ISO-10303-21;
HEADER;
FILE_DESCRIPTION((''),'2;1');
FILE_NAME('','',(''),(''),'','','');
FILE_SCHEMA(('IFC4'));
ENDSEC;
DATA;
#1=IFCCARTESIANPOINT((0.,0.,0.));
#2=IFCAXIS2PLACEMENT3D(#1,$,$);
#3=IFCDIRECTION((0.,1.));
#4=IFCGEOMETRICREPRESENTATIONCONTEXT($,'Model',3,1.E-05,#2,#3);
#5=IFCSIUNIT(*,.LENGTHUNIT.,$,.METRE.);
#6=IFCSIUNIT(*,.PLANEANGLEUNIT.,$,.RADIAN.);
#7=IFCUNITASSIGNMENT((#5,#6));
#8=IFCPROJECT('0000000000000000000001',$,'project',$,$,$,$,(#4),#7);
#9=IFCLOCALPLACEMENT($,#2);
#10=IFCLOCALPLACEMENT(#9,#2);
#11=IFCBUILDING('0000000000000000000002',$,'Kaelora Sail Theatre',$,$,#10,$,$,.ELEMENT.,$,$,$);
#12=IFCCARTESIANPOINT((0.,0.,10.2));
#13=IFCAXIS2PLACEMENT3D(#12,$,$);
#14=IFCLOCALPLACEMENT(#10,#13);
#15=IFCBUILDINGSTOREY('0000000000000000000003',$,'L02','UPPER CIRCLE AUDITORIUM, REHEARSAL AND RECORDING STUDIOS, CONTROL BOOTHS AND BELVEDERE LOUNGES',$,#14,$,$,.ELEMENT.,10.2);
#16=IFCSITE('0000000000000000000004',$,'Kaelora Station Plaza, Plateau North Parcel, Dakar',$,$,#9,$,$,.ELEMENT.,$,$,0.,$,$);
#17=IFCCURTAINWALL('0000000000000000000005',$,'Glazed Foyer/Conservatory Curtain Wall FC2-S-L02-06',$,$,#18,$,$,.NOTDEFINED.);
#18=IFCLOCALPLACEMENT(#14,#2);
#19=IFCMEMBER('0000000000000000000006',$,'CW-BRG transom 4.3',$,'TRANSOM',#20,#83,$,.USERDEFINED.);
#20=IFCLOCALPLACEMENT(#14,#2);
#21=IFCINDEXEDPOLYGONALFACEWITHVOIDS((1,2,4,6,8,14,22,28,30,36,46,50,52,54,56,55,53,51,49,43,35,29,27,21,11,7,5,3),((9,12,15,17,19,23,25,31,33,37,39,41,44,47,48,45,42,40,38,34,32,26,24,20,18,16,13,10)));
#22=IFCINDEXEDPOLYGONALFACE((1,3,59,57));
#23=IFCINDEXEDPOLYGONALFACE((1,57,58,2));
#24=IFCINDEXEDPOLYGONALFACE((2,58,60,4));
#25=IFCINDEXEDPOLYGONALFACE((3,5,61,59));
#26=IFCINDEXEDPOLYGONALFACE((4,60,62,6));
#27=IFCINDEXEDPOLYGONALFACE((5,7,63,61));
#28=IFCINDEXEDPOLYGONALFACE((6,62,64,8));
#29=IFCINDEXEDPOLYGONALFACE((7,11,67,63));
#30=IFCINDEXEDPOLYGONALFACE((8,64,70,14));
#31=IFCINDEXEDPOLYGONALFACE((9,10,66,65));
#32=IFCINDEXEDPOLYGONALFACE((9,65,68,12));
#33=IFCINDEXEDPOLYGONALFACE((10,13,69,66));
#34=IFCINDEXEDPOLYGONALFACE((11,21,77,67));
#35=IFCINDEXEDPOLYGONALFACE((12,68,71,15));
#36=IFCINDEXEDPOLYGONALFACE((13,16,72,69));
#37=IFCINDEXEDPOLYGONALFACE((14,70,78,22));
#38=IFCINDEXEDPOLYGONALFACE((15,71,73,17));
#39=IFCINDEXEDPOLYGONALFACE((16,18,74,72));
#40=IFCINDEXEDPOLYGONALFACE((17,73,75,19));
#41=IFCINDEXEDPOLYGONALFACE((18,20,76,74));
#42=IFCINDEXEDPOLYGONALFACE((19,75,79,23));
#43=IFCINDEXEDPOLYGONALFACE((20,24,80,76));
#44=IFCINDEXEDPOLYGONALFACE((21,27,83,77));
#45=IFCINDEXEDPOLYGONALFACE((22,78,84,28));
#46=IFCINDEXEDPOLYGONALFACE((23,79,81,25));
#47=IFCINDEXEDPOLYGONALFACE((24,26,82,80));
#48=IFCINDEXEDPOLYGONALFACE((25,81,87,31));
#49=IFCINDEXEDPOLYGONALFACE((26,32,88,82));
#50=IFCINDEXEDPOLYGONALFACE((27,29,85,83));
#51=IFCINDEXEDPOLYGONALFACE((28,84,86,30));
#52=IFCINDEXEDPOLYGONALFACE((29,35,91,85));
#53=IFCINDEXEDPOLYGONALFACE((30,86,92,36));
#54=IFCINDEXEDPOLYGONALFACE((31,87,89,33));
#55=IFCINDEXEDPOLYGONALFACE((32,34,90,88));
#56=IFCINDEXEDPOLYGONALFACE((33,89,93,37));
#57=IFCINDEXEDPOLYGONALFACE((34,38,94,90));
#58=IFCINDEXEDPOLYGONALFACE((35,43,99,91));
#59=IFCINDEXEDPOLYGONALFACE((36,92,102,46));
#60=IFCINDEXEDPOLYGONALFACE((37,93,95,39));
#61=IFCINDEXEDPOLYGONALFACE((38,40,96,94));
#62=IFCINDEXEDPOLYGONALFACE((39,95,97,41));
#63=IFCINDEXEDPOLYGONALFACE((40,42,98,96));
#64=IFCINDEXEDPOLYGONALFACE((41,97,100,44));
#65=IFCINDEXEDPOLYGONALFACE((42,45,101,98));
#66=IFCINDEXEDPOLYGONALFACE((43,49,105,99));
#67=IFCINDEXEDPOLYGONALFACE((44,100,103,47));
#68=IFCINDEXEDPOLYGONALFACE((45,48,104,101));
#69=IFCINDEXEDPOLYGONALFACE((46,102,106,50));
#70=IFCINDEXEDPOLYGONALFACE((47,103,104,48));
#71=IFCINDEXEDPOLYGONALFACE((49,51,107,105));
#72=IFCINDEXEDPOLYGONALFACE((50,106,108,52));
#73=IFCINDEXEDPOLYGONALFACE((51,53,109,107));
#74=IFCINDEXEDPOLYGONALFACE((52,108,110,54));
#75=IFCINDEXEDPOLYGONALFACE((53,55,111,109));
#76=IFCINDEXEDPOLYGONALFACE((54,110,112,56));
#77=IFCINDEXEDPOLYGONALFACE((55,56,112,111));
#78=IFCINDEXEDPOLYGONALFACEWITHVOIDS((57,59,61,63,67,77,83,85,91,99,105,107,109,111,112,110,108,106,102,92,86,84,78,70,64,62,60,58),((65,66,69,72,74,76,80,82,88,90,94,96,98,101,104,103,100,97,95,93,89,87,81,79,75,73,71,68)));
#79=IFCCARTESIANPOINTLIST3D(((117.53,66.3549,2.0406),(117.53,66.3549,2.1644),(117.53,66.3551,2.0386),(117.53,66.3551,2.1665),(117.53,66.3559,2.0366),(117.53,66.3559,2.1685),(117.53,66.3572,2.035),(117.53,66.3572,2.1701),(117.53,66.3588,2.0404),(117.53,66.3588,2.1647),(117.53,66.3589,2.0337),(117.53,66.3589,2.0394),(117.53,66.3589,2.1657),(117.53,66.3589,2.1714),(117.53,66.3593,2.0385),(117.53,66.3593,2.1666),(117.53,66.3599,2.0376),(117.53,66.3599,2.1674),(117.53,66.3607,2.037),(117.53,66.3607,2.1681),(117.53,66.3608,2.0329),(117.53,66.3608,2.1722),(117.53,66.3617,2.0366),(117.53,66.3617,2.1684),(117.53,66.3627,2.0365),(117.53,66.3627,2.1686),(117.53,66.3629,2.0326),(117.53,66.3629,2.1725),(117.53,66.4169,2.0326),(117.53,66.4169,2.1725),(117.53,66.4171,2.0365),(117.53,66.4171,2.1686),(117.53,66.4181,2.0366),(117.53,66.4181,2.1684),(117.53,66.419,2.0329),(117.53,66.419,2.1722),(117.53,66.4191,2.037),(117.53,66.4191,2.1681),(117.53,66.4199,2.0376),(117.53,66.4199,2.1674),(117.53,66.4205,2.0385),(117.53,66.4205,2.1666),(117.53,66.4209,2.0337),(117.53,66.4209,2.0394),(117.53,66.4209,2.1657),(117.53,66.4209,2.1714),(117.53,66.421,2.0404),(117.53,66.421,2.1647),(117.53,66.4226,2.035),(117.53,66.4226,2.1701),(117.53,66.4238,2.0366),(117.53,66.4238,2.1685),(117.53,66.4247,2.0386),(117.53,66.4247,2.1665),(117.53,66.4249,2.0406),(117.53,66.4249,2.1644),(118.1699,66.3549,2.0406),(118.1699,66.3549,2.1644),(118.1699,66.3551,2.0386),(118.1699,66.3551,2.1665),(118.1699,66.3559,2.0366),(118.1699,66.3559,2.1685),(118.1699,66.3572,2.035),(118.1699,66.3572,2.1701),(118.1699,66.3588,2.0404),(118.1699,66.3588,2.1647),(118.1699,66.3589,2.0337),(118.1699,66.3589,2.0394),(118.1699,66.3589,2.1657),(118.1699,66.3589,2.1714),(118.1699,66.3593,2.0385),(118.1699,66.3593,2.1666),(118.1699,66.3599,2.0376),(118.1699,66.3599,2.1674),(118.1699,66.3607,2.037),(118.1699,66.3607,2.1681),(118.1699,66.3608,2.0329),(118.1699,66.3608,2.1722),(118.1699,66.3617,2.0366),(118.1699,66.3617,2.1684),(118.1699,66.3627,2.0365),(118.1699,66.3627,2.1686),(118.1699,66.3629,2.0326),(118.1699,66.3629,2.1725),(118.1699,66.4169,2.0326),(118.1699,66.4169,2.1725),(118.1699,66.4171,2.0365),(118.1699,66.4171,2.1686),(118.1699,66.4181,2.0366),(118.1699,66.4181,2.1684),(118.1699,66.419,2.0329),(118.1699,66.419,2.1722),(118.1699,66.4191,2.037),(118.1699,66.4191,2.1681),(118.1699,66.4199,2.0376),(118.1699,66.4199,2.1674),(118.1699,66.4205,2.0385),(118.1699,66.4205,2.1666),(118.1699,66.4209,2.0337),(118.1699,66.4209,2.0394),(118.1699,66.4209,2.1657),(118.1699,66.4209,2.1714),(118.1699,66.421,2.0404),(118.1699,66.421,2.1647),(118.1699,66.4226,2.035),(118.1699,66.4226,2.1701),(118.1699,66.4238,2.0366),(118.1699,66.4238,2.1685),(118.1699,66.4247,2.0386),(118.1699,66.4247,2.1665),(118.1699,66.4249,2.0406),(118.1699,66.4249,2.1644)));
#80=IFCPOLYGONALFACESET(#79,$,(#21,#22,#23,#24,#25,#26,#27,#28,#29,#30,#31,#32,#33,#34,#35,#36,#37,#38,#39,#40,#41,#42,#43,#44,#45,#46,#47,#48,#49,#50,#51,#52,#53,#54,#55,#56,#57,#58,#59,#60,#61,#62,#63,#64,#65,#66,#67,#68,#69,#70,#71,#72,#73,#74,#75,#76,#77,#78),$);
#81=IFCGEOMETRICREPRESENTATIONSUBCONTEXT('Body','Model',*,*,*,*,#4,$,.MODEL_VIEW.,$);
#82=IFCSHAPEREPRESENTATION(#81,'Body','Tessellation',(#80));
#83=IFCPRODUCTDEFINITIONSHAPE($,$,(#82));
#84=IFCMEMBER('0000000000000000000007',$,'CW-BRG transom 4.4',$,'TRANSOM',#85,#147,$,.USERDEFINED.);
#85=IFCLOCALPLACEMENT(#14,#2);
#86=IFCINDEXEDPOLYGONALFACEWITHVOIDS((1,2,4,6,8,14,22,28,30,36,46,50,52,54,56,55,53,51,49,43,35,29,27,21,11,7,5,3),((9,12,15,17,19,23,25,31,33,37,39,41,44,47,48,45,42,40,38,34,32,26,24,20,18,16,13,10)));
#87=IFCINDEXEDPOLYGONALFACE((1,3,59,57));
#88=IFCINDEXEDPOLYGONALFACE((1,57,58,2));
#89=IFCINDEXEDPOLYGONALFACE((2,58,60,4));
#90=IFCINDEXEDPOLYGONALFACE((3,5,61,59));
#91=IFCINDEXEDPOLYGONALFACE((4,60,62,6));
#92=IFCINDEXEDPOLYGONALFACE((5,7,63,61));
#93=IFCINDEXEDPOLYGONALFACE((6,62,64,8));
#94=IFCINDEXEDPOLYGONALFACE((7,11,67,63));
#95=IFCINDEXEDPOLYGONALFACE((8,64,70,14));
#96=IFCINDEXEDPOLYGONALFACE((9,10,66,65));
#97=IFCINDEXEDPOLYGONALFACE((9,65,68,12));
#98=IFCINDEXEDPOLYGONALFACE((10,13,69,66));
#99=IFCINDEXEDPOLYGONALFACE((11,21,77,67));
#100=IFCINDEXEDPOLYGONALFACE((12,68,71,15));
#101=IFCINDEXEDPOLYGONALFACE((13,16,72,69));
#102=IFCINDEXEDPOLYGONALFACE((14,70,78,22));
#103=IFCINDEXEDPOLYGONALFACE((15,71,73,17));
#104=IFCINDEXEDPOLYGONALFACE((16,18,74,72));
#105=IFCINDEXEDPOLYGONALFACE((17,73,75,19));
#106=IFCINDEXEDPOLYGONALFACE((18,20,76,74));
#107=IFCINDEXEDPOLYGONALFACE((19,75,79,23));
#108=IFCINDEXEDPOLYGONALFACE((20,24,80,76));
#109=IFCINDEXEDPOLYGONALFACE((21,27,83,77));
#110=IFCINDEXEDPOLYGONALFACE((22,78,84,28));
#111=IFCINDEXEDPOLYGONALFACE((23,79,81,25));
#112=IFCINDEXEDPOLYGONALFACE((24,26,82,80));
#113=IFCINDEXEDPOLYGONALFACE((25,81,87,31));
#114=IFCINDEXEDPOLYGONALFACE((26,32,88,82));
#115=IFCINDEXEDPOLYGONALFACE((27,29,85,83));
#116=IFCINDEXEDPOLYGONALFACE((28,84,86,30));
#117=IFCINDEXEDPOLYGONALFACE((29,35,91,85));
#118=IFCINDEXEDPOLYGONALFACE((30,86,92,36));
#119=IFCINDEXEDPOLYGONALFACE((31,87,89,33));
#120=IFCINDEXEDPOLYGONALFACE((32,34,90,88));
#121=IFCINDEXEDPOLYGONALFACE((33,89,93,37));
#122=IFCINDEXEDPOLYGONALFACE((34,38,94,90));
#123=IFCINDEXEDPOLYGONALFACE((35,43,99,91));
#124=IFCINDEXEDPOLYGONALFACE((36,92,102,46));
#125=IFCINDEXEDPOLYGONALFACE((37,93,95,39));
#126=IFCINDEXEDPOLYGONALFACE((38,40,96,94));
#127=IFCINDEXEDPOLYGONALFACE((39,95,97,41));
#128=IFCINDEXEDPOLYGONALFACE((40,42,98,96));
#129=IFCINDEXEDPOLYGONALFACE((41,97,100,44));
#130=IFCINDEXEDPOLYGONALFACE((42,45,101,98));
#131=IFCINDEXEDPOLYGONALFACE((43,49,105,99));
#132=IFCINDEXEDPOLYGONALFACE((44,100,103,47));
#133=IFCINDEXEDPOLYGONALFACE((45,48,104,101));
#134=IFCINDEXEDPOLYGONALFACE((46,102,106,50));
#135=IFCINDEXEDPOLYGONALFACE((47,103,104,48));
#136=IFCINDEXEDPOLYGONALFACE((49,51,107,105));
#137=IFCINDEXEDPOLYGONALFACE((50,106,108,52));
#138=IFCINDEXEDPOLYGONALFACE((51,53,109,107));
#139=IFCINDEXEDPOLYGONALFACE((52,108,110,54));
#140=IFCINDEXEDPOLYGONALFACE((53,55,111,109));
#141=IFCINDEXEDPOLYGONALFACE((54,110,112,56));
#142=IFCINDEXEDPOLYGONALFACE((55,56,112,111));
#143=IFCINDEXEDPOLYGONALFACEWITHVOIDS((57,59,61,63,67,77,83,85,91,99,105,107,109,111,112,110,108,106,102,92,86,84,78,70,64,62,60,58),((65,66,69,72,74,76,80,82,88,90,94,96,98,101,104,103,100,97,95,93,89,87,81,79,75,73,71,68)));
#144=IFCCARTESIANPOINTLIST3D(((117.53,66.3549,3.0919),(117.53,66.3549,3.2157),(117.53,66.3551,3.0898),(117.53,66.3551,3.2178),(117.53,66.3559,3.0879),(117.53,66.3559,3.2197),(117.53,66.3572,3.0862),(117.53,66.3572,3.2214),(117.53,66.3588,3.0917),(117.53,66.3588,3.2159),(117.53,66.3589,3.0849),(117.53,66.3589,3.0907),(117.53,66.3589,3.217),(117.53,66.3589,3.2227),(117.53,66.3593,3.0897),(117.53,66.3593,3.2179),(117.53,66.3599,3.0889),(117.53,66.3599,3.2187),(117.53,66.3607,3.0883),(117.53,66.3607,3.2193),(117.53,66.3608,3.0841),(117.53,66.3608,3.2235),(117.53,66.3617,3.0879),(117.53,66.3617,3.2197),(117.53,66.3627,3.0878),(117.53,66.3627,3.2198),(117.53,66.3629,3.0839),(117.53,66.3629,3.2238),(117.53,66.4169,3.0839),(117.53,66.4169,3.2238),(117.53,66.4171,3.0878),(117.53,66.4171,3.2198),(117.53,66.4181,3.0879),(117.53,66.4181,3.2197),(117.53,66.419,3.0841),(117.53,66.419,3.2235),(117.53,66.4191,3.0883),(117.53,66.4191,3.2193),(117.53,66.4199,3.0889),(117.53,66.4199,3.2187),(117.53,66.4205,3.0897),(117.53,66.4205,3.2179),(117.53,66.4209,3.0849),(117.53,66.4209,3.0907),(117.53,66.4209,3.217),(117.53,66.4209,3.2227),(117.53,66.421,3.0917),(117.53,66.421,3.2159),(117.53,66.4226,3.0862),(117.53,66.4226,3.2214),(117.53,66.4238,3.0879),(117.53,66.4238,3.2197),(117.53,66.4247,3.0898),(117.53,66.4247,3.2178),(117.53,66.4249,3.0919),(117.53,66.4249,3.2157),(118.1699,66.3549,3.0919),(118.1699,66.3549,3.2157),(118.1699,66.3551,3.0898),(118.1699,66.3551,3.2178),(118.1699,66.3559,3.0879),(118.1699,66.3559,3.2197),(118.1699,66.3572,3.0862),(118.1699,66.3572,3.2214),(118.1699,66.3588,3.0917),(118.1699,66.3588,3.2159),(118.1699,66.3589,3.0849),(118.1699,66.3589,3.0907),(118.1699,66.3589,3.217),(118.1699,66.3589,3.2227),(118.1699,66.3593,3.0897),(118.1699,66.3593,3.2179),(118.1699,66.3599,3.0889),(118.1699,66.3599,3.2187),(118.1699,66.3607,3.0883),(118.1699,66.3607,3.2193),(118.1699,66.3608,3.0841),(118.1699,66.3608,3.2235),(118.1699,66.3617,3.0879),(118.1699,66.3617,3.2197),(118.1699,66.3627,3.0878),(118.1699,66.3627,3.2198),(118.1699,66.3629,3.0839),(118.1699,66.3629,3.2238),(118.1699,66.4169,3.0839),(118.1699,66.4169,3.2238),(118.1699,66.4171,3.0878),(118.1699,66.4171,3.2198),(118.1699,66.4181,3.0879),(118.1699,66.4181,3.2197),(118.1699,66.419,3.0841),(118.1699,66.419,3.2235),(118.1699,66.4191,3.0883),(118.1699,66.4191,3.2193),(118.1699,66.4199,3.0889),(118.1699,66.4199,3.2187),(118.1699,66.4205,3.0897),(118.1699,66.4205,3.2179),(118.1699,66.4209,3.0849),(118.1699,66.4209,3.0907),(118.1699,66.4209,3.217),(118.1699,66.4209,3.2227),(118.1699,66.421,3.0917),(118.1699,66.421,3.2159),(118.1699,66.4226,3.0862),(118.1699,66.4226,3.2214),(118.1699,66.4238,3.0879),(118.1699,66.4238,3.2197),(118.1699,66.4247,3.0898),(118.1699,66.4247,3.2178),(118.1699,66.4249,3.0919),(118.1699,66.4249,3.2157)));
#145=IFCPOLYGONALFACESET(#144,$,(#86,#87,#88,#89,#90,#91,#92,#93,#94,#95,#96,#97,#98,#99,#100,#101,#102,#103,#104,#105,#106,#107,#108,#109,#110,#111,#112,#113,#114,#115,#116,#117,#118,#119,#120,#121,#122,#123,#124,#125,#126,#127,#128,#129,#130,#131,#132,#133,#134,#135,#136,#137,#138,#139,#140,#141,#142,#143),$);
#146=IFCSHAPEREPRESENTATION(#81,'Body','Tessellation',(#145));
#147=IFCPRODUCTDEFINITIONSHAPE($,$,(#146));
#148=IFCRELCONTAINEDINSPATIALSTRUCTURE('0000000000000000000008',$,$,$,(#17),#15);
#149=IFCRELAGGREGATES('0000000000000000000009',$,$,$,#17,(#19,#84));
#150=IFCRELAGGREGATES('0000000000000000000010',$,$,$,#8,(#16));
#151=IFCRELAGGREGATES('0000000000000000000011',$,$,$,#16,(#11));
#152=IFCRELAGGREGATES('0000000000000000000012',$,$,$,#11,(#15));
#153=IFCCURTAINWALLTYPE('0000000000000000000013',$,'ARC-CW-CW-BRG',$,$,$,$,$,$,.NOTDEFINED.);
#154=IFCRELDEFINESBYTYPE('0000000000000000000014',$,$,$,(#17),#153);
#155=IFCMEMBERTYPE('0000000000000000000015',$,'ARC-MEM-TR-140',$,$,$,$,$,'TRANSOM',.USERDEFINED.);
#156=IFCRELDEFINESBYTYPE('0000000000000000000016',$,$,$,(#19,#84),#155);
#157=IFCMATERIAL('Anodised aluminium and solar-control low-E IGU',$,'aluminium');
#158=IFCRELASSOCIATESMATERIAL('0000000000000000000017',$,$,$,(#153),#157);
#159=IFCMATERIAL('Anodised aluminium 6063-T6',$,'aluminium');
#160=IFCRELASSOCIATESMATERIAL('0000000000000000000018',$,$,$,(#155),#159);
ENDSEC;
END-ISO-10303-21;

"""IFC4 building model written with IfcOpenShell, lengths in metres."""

from ifc_helpers import new_model, si_unit, direction, frame, origin, origin_2d, place, context, subcontext, project, spatial, hollow_rectangle, extrude, material, material_profile, profile_set, type_object, element, aggregate, save


model = new_model("IFC4")

# Units and contexts
model_context = context("Model", 3, precision=1e-05, world=origin(), true_north=direction((0.0, 1.0)))
body_context = subcontext(model_context, "Body", "Model", "MODEL_VIEW")
ifc_project = project(units=[si_unit("LENGTHUNIT", "METRE"), si_unit("PLANEANGLEUNIT", "RADIAN")], contexts=[model_context])

# Site, building, storey
site_placement = place(None, origin())
site = spatial("IfcSite", under=ifc_project, at=site_placement, Name="Kaelora Station Plaza, Plateau North Parcel, Dakar", CompositionType="ELEMENT", RefElevation=0.0)
building_placement = place(site_placement, origin())
building = spatial("IfcBuilding", under=site, at=building_placement, Name="Kaelora Sail Theatre", CompositionType="ELEMENT")
storey_placement = place(building_placement, frame((0.0, 0.0, 10.2)))
storey = spatial("IfcBuildingStorey", under=building, at=storey_placement, Name="L02", Description="UPPER CIRCLE AUDITORIUM, REHEARSAL AND RECORDING STUDIOS, CONTROL BOOTHS AND BELVEDERE LOUNGES", CompositionType="ELEMENT", Elevation=10.2)

# Curtain wall, members
ifc_material_1 = material(Name="Anodised aluminium and solar-control low-E IGU", Category="aluminium")
curtain_wall_type = type_object("IfcCurtainWallType", Name="ARC-CW-CW-BRG", PredefinedType="NOTDEFINED", material=ifc_material_1)
curtain_wall_placement = place(storey_placement, origin())
curtain_wall = element("IfcCurtainWall", 1, at=curtain_wall_placement, inside=storey, type_object=curtain_wall_type, Name="Glazed Foyer/Conservatory Curtain Wall FC2-S-L02-06", PredefinedType="NOTDEFINED")
ifc_material_2 = material(Name="Anodised aluminium 6063-T6", Category="aluminium")
ifc_material_profile_1 = material_profile(ifc_material_2, hollow_rectangle(XDim=0.0701, YDim=0.1399, WallThickness=0.0039, InnerFilletRadius=0.0039, OuterFilletRadius=0.0081, at=origin_2d()), Name="ALU-TRAN 70x140x4")
ifc_profile_set_1 = profile_set([ifc_material_profile_1], Name="Anodised aluminium 6063-T6")
member_type_1 = type_object("IfcMemberType", Name="ARC-MEM-TR-140", ElementType="TRANSOM", PredefinedType="USERDEFINED", material=ifc_profile_set_1)
member_1_placement = place(storey_placement, frame((117.53, 66.3899, 2.1025), z_axis=(1.0, 0.0, 0.0), x_axis=(0.0, 1.0, 0.0)))
member_1 = element("IfcMember", 2, at=member_1_placement, type_object=member_type_1, Name="CW-BRG transom 4.3", ObjectType="TRANSOM", PredefinedType="USERDEFINED", context=body_context, shape_type="SweptSolid", body=[
    extrude(hollow_rectangle(XDim=0.0701, YDim=0.1399, WallThickness=0.0039, InnerFilletRadius=0.0039, OuterFilletRadius=0.0081, at=origin_2d()), origin(), (0.0, 0.0, 1.0), 0.6399),
])
member_2_placement = place(storey_placement, frame((117.53, 66.3899, 3.1538), z_axis=(1.0, 0.0, 0.0), x_axis=(0.0, 1.0, 0.0)))
member_2 = element("IfcMember", 3, at=member_2_placement, type_object=member_type_1, Name="CW-BRG transom 4.4", ObjectType="TRANSOM", PredefinedType="USERDEFINED", context=body_context, shape_type="SweptSolid", body=[
    extrude(hollow_rectangle(XDim=0.0701, YDim=0.1399, WallThickness=0.0039, InnerFilletRadius=0.0039, OuterFilletRadius=0.0081, at=origin_2d()), origin(), (0.0, 0.0, 1.0), 0.6399),
])

aggregate(curtain_wall, [member_1, member_2])

save(model, "model.ifc")
